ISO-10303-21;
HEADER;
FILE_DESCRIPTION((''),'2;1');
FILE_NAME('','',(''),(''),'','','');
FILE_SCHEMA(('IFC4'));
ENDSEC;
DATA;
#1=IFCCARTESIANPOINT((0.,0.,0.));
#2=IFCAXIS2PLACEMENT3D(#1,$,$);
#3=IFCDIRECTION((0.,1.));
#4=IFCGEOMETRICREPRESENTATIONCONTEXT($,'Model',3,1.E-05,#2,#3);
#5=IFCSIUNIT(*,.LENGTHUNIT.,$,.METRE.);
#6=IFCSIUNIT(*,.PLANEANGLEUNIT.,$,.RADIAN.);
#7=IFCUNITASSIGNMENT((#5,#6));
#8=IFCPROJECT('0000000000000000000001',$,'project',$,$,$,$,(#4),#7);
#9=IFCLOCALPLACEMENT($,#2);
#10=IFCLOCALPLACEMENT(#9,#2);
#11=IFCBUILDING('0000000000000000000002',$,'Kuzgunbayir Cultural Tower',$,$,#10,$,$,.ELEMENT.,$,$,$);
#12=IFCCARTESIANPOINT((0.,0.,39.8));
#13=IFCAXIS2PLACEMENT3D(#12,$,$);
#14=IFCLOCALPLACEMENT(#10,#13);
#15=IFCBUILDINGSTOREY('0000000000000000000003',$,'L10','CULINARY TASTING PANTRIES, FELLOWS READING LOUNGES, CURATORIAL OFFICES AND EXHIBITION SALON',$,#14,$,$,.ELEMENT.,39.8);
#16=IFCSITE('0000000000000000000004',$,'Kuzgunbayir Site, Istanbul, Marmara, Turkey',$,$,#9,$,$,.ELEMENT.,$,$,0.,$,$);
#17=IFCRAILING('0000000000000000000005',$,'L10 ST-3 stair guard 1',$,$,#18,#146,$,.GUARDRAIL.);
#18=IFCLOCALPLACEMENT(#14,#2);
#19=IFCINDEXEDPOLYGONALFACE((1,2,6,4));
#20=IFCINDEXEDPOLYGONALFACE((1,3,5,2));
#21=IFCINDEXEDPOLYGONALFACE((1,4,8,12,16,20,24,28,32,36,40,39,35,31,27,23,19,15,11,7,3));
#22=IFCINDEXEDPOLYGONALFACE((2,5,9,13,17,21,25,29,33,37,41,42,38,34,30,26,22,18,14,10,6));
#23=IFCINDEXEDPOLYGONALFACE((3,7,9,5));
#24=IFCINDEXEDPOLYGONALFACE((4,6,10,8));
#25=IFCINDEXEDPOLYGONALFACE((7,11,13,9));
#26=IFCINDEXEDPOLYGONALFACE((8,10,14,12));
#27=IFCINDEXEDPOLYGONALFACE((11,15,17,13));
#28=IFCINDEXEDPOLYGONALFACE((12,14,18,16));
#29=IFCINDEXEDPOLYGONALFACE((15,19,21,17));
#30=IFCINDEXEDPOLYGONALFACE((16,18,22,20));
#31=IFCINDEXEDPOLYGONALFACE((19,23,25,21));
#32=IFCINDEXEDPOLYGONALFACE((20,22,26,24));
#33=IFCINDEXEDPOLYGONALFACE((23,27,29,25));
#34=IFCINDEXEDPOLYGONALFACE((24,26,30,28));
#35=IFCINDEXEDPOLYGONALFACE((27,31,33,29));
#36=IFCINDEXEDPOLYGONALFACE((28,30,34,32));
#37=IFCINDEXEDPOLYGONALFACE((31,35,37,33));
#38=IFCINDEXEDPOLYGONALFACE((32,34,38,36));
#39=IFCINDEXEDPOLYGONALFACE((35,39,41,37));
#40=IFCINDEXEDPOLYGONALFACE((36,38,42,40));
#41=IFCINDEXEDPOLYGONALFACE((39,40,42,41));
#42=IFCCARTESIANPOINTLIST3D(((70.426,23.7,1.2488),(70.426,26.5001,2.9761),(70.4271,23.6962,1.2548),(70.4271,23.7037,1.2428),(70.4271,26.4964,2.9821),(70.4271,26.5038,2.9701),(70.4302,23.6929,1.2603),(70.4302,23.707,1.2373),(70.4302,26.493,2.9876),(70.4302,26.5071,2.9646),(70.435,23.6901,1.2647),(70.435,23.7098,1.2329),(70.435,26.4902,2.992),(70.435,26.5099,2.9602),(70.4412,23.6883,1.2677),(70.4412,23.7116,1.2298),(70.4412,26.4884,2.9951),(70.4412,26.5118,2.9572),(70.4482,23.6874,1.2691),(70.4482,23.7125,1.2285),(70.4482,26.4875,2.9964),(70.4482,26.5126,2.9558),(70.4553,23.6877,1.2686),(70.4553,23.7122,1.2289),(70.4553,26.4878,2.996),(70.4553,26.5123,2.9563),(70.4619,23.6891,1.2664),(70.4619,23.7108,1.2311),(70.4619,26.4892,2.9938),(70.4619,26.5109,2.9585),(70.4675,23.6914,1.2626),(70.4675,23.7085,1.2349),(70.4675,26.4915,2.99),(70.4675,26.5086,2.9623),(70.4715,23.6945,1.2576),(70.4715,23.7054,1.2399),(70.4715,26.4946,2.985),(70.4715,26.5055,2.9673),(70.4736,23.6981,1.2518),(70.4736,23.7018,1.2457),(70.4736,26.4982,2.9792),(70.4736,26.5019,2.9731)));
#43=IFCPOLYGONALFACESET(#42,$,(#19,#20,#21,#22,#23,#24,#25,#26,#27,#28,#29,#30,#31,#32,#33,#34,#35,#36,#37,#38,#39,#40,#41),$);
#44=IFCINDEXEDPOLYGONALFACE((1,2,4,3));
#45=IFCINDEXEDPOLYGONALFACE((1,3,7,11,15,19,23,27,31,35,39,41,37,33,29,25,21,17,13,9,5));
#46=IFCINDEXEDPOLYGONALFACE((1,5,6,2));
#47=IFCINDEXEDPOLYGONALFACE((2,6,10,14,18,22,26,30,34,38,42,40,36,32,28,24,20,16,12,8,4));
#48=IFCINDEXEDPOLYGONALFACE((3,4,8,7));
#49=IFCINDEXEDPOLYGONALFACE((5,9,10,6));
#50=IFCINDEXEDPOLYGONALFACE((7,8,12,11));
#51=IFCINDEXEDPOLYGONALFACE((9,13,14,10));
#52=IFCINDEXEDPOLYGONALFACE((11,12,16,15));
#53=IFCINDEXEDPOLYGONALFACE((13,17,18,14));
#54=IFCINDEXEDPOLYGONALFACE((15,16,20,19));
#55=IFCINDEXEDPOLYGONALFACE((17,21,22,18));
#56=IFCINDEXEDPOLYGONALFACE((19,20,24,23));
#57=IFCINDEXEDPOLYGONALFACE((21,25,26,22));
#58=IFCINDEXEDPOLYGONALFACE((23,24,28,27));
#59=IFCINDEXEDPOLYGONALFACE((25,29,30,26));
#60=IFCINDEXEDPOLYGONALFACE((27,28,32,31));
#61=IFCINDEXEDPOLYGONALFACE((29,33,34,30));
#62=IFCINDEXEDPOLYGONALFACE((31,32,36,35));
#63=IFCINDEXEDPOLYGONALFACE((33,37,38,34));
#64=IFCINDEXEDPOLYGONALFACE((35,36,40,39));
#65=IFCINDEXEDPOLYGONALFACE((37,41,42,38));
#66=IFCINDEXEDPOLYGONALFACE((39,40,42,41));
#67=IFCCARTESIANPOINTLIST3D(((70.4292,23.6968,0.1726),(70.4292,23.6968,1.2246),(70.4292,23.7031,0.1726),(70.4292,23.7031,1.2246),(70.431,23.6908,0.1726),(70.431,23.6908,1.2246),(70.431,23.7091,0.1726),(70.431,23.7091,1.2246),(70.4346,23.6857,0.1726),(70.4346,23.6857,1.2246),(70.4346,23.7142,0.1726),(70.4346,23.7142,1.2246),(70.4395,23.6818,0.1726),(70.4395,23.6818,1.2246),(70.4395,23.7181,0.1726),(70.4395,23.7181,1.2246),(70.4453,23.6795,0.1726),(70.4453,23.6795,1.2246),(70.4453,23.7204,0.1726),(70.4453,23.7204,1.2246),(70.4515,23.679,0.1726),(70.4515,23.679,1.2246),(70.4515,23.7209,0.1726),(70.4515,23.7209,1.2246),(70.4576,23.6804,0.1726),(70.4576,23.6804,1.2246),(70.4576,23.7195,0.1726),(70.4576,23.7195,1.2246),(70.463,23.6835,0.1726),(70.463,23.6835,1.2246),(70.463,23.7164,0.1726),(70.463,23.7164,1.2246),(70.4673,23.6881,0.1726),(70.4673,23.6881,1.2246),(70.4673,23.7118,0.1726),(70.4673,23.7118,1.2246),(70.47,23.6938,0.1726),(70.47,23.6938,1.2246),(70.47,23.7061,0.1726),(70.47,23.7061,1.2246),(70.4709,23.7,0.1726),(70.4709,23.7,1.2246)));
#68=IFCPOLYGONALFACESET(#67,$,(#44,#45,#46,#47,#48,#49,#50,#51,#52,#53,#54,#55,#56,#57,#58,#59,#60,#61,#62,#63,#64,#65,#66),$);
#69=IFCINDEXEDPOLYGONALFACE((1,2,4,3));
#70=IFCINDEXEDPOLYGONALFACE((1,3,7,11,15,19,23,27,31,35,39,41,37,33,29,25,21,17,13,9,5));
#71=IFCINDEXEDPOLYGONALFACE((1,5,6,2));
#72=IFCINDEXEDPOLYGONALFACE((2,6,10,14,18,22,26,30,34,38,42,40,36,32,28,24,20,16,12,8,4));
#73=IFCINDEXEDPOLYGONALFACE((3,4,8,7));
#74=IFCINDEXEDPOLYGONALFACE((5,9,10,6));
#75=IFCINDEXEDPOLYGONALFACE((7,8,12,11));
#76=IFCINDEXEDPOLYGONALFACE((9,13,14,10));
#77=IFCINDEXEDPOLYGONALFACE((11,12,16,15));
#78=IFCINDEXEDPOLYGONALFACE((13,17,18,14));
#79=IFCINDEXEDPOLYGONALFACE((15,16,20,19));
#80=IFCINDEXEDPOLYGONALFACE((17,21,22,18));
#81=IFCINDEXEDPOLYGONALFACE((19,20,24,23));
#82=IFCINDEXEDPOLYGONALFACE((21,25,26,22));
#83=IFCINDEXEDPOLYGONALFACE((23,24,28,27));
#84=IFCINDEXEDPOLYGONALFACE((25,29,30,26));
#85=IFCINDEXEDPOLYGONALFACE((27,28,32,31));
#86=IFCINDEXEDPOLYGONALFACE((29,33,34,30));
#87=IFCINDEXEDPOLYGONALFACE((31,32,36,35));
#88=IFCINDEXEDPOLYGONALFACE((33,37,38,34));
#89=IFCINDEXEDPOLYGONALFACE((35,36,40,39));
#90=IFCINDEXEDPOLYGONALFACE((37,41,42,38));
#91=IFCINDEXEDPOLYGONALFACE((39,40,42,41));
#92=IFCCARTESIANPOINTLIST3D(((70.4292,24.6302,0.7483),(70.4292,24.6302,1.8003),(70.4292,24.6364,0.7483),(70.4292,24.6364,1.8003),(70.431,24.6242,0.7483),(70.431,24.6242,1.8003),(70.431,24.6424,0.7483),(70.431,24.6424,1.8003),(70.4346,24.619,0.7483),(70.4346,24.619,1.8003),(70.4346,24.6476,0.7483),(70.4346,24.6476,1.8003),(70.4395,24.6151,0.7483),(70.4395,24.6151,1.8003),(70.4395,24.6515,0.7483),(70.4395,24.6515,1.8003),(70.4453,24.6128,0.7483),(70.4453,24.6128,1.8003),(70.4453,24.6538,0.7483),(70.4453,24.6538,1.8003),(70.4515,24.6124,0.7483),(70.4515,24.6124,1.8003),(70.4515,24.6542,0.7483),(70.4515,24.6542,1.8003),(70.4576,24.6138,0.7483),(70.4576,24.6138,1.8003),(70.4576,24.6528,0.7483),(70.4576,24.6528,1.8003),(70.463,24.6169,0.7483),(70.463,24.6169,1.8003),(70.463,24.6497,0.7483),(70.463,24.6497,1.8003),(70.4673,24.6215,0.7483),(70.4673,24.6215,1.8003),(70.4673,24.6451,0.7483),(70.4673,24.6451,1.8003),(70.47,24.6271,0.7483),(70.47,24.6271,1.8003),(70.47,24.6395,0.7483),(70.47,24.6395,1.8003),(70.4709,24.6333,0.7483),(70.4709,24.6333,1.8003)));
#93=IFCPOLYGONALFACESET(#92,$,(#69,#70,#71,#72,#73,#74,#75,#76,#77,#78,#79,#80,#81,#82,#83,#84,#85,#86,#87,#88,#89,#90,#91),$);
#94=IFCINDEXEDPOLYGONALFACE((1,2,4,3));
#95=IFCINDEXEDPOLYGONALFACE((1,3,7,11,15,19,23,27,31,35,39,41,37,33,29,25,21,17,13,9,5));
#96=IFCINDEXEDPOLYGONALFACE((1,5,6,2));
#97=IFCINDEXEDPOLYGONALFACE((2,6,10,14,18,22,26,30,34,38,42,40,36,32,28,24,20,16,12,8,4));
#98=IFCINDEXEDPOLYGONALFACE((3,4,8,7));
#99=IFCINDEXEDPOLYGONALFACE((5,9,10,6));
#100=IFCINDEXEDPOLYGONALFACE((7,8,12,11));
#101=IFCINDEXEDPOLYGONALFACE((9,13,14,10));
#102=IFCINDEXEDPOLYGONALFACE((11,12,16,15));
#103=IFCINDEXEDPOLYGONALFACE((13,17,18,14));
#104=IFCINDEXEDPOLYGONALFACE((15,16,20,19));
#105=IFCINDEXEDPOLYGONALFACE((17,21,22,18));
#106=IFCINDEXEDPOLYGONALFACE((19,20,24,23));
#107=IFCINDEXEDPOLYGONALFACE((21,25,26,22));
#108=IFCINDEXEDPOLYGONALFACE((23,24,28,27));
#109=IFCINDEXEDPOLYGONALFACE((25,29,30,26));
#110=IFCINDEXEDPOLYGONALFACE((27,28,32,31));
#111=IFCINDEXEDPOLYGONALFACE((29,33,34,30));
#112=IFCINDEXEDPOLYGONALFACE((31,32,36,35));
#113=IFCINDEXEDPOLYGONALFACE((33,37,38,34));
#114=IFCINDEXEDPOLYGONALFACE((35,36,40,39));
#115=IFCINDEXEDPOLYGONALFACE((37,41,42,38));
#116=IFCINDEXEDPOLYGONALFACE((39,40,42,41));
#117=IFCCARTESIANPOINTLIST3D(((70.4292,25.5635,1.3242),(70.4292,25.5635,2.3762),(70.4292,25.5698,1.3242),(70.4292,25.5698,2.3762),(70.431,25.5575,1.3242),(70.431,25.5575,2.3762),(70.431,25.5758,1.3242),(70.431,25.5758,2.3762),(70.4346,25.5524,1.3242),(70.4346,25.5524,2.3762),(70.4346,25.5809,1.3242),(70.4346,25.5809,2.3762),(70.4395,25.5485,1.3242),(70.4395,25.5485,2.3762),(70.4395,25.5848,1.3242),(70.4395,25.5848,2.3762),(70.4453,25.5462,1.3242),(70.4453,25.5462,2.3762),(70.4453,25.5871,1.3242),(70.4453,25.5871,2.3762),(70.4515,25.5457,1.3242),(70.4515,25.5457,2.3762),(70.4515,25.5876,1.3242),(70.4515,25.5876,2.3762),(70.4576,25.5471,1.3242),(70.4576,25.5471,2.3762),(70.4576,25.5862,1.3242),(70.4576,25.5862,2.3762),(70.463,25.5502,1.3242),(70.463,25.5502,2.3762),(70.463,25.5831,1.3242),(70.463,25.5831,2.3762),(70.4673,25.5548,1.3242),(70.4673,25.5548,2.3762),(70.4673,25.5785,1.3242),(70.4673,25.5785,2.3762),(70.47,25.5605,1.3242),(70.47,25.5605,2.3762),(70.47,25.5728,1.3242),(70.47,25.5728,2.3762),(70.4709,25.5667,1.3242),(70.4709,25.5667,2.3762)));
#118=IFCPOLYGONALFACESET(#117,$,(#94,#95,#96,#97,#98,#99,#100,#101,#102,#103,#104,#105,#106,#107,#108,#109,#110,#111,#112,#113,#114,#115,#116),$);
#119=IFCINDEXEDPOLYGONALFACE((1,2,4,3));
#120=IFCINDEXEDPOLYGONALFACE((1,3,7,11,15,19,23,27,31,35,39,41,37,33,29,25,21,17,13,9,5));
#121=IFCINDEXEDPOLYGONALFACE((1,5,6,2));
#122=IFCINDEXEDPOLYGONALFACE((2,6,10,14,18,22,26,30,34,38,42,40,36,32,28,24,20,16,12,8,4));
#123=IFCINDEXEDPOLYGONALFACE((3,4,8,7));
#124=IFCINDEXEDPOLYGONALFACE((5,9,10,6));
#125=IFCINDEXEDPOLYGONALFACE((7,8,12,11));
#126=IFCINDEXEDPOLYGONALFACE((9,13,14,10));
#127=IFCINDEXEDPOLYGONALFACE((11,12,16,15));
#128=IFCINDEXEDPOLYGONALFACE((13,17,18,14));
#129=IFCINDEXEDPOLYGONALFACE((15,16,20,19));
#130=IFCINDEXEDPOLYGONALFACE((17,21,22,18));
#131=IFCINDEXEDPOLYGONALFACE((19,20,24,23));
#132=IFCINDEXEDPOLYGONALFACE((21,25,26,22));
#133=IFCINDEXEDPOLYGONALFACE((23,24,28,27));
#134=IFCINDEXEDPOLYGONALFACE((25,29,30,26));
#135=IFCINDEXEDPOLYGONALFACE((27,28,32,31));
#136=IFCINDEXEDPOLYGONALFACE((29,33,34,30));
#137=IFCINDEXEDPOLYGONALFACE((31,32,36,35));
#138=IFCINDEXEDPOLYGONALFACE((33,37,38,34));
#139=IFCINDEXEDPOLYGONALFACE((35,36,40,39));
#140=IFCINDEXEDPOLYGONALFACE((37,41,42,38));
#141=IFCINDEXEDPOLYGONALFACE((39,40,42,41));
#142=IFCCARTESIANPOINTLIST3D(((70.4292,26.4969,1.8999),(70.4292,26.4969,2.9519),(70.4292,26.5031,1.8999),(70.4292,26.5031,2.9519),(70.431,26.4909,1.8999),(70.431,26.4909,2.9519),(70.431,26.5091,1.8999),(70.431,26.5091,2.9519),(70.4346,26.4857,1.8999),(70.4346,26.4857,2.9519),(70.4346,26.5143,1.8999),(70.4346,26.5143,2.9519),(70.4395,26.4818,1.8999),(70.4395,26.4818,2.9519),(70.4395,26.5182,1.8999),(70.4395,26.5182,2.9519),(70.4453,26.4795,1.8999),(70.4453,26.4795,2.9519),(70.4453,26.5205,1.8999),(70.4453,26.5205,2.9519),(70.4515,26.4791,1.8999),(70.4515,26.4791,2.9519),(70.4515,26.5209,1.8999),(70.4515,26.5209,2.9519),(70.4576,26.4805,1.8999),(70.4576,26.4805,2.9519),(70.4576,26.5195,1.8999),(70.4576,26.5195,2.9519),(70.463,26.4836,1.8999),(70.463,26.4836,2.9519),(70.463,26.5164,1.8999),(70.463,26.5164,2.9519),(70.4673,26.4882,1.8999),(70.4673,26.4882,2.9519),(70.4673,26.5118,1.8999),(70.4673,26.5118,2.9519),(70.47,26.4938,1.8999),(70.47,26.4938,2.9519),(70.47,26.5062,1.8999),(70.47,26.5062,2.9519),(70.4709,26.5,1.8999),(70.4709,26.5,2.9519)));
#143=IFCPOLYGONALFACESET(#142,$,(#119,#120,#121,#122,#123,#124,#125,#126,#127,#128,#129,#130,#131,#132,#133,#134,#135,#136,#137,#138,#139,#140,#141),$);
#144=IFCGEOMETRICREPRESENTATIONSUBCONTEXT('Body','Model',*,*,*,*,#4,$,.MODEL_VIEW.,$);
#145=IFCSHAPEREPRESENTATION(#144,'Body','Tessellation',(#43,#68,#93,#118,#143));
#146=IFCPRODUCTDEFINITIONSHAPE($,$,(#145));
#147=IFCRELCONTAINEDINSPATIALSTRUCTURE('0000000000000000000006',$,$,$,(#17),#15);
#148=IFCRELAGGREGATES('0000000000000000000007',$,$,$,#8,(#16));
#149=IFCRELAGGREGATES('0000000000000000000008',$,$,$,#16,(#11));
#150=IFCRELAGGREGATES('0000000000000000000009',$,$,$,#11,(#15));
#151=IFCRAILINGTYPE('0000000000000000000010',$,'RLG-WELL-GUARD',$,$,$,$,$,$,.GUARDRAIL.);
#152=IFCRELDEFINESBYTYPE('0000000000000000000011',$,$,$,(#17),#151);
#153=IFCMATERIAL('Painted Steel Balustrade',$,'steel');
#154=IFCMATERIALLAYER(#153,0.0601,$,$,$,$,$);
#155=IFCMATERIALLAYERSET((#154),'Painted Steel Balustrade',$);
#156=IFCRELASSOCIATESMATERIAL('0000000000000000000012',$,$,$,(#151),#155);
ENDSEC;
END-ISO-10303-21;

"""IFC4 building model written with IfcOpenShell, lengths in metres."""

from ifc_helpers import new_model, si_unit, direction, frame, origin, origin_2d, place, context, subcontext, project, spatial, circle, extrude, material, layer, layer_set, type_object, element, save


model = new_model("IFC4")

# Units and contexts
model_context = context("Model", 3, precision=1e-05, world=origin(), true_north=direction((0.0, 1.0)))
body_context = subcontext(model_context, "Body", "Model", "MODEL_VIEW")
ifc_project = project(units=[si_unit("LENGTHUNIT", "METRE"), si_unit("PLANEANGLEUNIT", "RADIAN")], contexts=[model_context])

# Site, building, storey
site_placement = place(None, origin())
site = spatial("IfcSite", under=ifc_project, at=site_placement, Name="Kuzgunbayir Site, Istanbul, Marmara, Turkey", CompositionType="ELEMENT", RefElevation=0.0)
building_placement = place(site_placement, origin())
building = spatial("IfcBuilding", under=site, at=building_placement, Name="Kuzgunbayir Cultural Tower", CompositionType="ELEMENT")
storey_placement = place(building_placement, frame((0.0, 0.0, 39.8)))
storey = spatial("IfcBuildingStorey", under=building, at=storey_placement, Name="L10", Description="CULINARY TASTING PANTRIES, FELLOWS READING LOUNGES, CURATORIAL OFFICES AND EXHIBITION SALON", CompositionType="ELEMENT", Elevation=39.8)

# Railing
ifc_material_1 = material(Name="Painted Steel Balustrade", Category="steel")
ifc_layer_1 = layer(ifc_material_1, 0.0601)
ifc_layer_set_1 = layer_set([ifc_layer_1], Name="Painted Steel Balustrade")
railing_type_1 = type_object("IfcRailingType", Name="RLG-WELL-GUARD", PredefinedType="GUARDRAIL", material=ifc_layer_set_1)
railing_1_placement = place(storey_placement, frame((70.45, 23.7, 0.1726)))
element("IfcRailing", 1, at=railing_1_placement, inside=storey, type_object=railing_type_1, Name="L10 ST-3 stair guard 1", PredefinedType="GUARDRAIL", context=body_context, shape_type="SweptSolid", body=[
    extrude(circle(Radius=0.0239, at=origin_2d()), frame((0.0, 0.0, 1.0762), z_axis=(0.0, 0.85109, 0.52502), x_axis=(-1.0, 0.0, 0.0)), (0.0, 0.0, 1.0), 3.29),
    extrude(circle(Radius=0.021, at=origin_2d()), origin(), (0.0, 0.0, 1.0), 1.052),
    extrude(circle(Radius=0.021, at=origin_2d()), frame((0.0, 0.9333, 0.5757)), (0.0, 0.0, 1.0), 1.052),
    extrude(circle(Radius=0.021, at=origin_2d()), frame((0.0, 1.8667, 1.1516)), (0.0, 0.0, 1.0), 1.052),
    extrude(circle(Radius=0.021, at=origin_2d()), frame((0.0, 2.8, 1.7273)), (0.0, 0.0, 1.0), 1.052),
])

save(model, "model.ifc")
